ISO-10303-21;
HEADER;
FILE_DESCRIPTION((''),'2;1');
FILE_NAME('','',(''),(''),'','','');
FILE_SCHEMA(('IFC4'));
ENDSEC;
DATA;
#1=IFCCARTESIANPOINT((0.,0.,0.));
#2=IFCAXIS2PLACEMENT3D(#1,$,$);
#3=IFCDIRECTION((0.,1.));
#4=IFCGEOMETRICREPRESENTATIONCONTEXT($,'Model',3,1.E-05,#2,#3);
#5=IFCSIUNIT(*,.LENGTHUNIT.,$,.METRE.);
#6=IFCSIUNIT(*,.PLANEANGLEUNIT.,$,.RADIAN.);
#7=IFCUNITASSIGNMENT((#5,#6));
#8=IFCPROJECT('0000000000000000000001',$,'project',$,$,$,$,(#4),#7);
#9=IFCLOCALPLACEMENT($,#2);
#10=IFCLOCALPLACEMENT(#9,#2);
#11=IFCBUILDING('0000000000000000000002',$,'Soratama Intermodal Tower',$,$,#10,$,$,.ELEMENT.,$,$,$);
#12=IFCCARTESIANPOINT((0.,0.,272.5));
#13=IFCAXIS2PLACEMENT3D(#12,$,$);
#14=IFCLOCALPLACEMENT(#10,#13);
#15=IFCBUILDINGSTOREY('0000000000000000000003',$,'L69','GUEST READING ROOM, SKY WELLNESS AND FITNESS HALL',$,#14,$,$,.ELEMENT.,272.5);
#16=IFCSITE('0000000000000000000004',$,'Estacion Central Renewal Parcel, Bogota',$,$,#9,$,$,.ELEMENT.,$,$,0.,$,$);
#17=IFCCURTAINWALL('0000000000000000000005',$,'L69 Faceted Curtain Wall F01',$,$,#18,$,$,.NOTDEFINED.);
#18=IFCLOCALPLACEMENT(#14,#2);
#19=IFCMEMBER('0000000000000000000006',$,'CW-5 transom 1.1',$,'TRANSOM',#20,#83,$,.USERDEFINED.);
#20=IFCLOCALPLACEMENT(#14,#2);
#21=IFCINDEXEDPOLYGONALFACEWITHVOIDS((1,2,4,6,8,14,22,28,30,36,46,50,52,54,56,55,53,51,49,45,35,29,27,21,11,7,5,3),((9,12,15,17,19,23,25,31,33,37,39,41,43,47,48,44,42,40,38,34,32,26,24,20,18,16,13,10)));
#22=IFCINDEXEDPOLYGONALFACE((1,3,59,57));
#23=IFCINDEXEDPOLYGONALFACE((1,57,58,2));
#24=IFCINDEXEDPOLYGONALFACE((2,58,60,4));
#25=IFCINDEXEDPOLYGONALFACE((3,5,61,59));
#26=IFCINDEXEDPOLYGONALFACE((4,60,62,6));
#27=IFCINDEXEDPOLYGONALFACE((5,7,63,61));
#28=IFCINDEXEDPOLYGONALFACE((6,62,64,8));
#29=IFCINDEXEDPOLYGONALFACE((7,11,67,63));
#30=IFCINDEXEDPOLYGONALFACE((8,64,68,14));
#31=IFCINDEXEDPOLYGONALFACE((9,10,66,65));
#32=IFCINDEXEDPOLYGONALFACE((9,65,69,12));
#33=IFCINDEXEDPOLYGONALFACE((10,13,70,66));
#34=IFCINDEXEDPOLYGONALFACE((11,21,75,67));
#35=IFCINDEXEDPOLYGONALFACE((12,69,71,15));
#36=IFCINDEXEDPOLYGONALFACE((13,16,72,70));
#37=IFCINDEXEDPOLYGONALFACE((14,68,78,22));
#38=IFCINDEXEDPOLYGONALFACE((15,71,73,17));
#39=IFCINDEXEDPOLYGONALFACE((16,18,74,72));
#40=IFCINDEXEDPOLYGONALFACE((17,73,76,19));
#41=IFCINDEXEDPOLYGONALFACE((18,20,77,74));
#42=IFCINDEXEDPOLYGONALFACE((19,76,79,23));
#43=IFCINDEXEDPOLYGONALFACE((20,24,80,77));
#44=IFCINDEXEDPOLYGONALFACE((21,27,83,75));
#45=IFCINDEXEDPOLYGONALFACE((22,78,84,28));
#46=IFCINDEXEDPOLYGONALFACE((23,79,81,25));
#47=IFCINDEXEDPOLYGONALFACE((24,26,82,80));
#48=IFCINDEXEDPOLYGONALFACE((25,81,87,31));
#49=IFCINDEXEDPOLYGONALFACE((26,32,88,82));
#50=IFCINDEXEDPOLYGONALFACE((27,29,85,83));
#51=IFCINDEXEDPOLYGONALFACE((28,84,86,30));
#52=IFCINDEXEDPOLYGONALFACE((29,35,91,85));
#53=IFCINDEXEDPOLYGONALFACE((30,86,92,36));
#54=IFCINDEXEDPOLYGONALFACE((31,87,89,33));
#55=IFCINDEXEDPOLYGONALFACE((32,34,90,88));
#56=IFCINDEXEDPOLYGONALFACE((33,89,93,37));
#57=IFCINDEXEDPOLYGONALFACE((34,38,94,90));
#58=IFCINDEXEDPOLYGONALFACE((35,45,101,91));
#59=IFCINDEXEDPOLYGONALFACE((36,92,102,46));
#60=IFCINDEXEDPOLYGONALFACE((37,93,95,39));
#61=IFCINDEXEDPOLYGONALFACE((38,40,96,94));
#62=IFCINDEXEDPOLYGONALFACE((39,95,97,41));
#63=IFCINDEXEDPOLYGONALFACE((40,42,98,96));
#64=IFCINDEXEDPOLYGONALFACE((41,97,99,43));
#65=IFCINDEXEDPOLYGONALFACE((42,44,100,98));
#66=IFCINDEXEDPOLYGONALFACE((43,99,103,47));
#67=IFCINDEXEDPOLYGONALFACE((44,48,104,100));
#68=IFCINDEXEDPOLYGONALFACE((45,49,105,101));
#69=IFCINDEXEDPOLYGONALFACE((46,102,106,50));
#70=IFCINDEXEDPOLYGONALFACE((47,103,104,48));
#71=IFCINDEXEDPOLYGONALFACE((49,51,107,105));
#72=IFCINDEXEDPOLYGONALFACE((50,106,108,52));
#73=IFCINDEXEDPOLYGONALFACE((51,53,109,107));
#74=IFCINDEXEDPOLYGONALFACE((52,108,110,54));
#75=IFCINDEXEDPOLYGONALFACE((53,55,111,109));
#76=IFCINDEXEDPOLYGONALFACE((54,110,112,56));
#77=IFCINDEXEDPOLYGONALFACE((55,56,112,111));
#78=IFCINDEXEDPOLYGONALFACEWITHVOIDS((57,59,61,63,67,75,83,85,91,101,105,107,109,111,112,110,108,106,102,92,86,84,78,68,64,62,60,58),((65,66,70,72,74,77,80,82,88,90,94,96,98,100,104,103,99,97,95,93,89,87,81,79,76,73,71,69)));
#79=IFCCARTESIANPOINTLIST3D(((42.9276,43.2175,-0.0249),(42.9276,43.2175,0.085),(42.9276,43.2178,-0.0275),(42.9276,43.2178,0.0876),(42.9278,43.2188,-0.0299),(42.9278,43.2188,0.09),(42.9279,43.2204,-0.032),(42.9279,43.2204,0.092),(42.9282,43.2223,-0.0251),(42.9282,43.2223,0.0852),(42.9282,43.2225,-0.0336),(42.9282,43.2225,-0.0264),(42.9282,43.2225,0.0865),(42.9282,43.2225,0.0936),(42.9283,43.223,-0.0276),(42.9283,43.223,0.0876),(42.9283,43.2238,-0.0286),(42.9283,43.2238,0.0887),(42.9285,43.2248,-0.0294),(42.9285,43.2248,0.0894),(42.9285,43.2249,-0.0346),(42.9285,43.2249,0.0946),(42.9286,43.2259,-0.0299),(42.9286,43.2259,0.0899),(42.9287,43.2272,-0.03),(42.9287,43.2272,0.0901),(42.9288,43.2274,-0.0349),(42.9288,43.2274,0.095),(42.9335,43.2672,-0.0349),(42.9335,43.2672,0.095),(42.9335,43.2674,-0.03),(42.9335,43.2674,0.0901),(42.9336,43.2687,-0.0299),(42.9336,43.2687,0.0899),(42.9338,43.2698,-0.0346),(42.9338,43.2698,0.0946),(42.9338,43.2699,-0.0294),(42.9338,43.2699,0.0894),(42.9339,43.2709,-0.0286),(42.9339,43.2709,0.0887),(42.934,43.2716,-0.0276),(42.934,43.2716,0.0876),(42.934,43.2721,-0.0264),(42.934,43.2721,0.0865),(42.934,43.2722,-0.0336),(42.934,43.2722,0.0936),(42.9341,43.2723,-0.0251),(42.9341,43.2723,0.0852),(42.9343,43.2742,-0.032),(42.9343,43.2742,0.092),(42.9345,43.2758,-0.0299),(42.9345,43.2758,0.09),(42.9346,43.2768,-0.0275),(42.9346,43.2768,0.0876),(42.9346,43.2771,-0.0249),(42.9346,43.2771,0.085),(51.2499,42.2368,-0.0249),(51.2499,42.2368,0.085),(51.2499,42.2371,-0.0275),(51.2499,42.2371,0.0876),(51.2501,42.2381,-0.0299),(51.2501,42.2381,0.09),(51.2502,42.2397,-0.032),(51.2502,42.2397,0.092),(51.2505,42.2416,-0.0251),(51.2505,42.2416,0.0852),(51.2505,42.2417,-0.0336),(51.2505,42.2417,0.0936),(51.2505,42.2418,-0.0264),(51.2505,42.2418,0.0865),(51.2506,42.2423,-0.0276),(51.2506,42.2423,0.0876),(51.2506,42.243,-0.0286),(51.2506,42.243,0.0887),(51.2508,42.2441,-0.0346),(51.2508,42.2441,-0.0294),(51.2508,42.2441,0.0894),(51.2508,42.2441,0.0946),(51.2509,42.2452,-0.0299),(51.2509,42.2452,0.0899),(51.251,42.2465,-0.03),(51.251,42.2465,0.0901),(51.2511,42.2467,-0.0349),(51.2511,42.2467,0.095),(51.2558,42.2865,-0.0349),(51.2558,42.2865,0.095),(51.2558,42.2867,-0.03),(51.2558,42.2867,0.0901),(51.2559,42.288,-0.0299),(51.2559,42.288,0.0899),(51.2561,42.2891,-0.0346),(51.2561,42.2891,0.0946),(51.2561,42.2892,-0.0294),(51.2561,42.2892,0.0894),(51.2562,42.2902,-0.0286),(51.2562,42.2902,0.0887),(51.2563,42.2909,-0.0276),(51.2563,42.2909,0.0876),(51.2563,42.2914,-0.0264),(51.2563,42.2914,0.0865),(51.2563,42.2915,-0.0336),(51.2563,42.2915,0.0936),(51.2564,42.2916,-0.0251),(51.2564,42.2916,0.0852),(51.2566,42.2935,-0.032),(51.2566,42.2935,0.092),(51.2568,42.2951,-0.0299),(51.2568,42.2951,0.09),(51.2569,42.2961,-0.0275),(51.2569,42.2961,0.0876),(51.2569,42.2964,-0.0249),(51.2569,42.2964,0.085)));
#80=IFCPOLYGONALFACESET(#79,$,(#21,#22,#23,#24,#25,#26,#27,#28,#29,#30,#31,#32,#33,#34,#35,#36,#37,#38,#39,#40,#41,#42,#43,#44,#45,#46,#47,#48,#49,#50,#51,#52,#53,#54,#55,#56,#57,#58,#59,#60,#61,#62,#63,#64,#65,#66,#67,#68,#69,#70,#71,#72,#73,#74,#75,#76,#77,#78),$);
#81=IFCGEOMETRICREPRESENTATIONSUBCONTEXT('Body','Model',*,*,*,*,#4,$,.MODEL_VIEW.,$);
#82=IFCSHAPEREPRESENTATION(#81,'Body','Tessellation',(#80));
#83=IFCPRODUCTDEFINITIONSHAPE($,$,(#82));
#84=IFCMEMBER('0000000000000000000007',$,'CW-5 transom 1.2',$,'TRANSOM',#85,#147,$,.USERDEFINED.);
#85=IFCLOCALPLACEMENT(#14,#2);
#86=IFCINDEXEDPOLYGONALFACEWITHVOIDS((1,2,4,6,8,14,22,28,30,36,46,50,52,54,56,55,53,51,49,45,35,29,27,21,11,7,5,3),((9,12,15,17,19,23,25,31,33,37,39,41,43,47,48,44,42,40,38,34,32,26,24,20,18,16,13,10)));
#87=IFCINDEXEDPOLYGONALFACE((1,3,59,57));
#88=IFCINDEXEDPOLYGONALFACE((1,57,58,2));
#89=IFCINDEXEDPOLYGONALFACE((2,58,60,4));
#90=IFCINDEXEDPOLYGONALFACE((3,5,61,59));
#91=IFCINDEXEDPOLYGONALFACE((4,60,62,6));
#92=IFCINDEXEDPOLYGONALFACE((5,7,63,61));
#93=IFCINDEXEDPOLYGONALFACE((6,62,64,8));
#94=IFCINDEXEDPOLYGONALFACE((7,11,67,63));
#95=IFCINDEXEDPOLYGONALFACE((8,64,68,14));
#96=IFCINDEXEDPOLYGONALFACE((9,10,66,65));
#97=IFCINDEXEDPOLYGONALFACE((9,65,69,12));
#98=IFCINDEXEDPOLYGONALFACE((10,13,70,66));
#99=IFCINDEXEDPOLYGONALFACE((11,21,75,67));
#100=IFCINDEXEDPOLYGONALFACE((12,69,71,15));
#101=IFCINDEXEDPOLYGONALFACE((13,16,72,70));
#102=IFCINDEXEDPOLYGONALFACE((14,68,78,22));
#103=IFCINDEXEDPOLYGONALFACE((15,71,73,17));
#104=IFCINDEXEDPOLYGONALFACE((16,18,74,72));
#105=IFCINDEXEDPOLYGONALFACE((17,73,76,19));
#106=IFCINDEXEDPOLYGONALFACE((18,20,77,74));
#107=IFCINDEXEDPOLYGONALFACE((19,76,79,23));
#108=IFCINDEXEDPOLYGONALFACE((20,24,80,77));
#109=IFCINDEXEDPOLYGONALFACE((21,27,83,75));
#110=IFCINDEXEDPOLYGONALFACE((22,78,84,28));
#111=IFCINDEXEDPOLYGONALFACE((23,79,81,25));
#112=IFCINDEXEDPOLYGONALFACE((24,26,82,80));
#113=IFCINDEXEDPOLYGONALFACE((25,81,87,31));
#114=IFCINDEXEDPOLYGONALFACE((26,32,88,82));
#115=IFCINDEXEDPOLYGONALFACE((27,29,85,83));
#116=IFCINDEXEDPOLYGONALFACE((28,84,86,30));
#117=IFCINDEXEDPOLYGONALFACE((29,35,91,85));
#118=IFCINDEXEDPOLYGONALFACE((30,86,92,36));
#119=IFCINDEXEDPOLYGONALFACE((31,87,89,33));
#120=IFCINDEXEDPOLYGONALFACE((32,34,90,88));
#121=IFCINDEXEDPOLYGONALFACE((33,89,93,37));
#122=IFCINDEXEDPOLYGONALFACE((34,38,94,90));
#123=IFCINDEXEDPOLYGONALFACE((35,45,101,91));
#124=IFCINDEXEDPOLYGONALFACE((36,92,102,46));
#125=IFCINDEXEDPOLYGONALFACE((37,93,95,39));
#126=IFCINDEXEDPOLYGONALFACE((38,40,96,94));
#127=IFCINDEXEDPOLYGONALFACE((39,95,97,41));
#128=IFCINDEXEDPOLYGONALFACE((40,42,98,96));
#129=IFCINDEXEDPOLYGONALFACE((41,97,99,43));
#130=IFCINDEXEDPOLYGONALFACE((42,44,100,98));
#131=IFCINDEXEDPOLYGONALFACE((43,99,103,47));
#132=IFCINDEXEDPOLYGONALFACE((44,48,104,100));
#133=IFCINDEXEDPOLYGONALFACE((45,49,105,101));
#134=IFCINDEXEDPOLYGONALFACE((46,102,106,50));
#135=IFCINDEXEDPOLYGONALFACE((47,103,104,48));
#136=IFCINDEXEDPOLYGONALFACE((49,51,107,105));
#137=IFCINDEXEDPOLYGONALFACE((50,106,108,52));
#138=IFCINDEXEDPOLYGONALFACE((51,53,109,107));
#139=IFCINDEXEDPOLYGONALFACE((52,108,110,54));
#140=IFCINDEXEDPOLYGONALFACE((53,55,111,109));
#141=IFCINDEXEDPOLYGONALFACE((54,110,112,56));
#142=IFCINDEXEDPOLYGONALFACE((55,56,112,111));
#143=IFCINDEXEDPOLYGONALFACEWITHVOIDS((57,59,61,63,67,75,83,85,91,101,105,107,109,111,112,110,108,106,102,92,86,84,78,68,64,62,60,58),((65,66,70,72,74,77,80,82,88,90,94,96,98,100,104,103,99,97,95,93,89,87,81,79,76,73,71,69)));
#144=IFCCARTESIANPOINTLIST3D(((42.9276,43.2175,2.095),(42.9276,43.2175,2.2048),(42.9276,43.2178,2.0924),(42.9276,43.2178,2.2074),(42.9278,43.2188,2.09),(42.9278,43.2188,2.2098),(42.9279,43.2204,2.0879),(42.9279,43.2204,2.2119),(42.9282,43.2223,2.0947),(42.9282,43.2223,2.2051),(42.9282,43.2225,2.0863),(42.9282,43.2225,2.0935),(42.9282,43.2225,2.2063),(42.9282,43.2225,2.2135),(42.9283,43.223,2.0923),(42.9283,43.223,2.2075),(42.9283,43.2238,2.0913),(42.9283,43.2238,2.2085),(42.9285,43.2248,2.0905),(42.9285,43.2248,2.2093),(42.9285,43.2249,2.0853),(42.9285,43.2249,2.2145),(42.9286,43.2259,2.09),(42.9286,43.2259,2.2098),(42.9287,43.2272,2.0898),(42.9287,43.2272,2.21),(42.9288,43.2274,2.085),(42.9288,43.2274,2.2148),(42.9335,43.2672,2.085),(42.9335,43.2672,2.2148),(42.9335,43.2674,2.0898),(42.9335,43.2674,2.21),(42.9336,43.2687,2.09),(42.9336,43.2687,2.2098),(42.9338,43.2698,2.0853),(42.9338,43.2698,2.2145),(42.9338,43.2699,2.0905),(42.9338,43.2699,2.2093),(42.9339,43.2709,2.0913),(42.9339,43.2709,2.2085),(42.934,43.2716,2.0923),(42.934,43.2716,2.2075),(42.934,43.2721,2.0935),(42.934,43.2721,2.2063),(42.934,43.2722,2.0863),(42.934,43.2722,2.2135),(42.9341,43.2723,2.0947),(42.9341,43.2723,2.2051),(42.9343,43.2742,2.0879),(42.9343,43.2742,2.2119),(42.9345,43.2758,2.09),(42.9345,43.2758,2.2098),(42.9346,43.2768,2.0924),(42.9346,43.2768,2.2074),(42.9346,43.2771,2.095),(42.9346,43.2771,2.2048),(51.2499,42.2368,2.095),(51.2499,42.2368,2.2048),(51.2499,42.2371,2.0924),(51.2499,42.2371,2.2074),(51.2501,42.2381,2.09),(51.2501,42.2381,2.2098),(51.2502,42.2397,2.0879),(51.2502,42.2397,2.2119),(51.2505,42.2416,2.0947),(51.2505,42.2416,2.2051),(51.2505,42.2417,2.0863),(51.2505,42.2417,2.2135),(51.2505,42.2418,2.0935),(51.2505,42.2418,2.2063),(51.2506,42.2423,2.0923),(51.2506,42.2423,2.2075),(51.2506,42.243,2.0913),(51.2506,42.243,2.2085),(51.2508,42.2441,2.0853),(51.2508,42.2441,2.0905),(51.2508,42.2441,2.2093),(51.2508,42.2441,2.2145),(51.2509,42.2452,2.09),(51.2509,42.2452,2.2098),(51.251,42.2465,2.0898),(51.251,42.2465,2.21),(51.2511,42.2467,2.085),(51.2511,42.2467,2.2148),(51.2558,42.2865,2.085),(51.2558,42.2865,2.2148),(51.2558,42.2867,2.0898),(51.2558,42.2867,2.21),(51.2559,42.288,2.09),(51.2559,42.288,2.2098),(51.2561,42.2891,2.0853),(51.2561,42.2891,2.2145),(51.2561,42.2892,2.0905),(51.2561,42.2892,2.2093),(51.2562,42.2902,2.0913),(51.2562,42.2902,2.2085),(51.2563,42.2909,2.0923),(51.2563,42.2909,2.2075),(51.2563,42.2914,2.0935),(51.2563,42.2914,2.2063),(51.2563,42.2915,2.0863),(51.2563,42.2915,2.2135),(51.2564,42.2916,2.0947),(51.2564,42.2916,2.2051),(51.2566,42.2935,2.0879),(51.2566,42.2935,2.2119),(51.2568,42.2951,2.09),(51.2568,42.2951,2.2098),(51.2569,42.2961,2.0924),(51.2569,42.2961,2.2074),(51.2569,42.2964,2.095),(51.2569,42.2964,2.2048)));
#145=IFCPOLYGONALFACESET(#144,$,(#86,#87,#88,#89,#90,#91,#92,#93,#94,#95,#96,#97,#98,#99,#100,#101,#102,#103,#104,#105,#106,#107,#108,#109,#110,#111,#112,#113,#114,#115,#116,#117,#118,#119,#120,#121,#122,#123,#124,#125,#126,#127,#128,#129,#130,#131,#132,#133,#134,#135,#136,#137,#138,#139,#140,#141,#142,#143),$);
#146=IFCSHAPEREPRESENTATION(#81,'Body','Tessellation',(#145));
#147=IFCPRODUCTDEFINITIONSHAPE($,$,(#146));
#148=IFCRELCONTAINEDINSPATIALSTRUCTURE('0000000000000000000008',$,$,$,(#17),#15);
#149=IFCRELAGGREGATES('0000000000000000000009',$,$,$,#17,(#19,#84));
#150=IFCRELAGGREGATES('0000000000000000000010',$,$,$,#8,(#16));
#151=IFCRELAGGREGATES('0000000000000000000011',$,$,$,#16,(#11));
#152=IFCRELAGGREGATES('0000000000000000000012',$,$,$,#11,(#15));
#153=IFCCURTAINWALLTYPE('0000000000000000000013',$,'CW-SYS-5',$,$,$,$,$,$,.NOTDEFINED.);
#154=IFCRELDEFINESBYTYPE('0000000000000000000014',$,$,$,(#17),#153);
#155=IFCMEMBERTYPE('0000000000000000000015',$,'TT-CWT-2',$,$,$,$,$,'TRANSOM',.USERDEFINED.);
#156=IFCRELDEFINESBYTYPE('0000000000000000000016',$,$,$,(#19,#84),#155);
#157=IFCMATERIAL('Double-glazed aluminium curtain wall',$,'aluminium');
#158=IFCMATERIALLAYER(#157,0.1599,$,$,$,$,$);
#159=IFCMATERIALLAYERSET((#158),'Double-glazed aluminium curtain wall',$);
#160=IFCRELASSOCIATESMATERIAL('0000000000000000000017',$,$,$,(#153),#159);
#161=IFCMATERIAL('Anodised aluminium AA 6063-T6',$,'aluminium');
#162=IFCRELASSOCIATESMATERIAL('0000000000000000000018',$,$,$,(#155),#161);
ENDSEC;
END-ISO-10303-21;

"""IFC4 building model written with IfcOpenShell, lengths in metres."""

from ifc_helpers import new_model, si_unit, direction, frame, origin, origin_2d, place, context, subcontext, project, spatial, hollow_rectangle, extrude, material, layer, layer_set, material_profile, profile_set, type_object, element, aggregate, save


model = new_model("IFC4")

# Units and contexts
model_context = context("Model", 3, precision=1e-05, world=origin(), true_north=direction((0.0, 1.0)))
body_context = subcontext(model_context, "Body", "Model", "MODEL_VIEW")
ifc_project = project(units=[si_unit("LENGTHUNIT", "METRE"), si_unit("PLANEANGLEUNIT", "RADIAN")], contexts=[model_context])

# Site, building, storey
site_placement = place(None, origin())
site = spatial("IfcSite", under=ifc_project, at=site_placement, Name="Estacion Central Renewal Parcel, Bogota", CompositionType="ELEMENT", RefElevation=0.0)
building_placement = place(site_placement, origin())
building = spatial("IfcBuilding", under=site, at=building_placement, Name="Soratama Intermodal Tower", CompositionType="ELEMENT")
storey_placement = place(building_placement, frame((0.0, 0.0, 272.5)))
storey = spatial("IfcBuildingStorey", under=building, at=storey_placement, Name="L69", Description="GUEST READING ROOM, SKY WELLNESS AND FITNESS HALL", CompositionType="ELEMENT", Elevation=272.5)

# Curtain wall
ifc_material_1 = material(Name="Double-glazed aluminium curtain wall", Category="aluminium")
ifc_layer_1 = layer(ifc_material_1, 0.1599)
ifc_layer_set_1 = layer_set([ifc_layer_1], Name="Double-glazed aluminium curtain wall")
curtain_wall_type = type_object("IfcCurtainWallType", Name="CW-SYS-5", PredefinedType="NOTDEFINED", material=ifc_layer_set_1)
curtain_wall_1_placement = place(storey_placement, origin())
curtain_wall_1 = element("IfcCurtainWall", 1, at=curtain_wall_1_placement, inside=storey, type_object=curtain_wall_type, Name="L69 Faceted Curtain Wall F01", PredefinedType="NOTDEFINED")

# Members
ifc_material_2 = material(Name="Anodised aluminium AA 6063-T6", Category="aluminium")
ifc_material_profile_1 = material_profile(ifc_material_2, hollow_rectangle(XDim=0.0601, YDim=0.1299, WallThickness=0.0049, InnerFilletRadius=0.0049, OuterFilletRadius=0.01, at=origin_2d()), Name="CWT130X60X5")
ifc_profile_set_1 = profile_set([ifc_material_profile_1], Name="Anodised aluminium AA 6063-T6")
member_type_1 = type_object("IfcMemberType", Name="TT-CWT-2", ElementType="TRANSOM", PredefinedType="USERDEFINED", material=ifc_profile_set_1)
member_1_placement = place(storey_placement, frame((51.2534, 42.2666, 0.03), z_axis=(-0.993128, 0.117032, 0.0), x_axis=(-0.117032, -0.993128, 0.0)))
member_1 = element("IfcMember", 2, at=member_1_placement, type_object=member_type_1, Name="CW-5 transom 1.1", ObjectType="TRANSOM", PredefinedType="USERDEFINED", context=body_context, shape_type="SweptSolid", body=[
    extrude(hollow_rectangle(XDim=0.0601, YDim=0.1299, WallThickness=0.0049, InnerFilletRadius=0.0049, OuterFilletRadius=0.01, at=origin_2d()), origin(), (0.0, 0.0, 1.0), 8.3799),
])
member_2_placement = place(storey_placement, frame((51.2534, 42.2666, 2.1499), z_axis=(-0.993128, 0.117032, 0.0), x_axis=(-0.117032, -0.993128, 0.0)))
member_2 = element("IfcMember", 3, at=member_2_placement, type_object=member_type_1, Name="CW-5 transom 1.2", ObjectType="TRANSOM", PredefinedType="USERDEFINED", context=body_context, shape_type="SweptSolid", body=[
    extrude(hollow_rectangle(XDim=0.0601, YDim=0.1299, WallThickness=0.0049, InnerFilletRadius=0.0049, OuterFilletRadius=0.01, at=origin_2d()), origin(), (0.0, 0.0, 1.0), 8.3799),
])
aggregate(curtain_wall_1, [member_1, member_2])

save(model, "model.ifc")
